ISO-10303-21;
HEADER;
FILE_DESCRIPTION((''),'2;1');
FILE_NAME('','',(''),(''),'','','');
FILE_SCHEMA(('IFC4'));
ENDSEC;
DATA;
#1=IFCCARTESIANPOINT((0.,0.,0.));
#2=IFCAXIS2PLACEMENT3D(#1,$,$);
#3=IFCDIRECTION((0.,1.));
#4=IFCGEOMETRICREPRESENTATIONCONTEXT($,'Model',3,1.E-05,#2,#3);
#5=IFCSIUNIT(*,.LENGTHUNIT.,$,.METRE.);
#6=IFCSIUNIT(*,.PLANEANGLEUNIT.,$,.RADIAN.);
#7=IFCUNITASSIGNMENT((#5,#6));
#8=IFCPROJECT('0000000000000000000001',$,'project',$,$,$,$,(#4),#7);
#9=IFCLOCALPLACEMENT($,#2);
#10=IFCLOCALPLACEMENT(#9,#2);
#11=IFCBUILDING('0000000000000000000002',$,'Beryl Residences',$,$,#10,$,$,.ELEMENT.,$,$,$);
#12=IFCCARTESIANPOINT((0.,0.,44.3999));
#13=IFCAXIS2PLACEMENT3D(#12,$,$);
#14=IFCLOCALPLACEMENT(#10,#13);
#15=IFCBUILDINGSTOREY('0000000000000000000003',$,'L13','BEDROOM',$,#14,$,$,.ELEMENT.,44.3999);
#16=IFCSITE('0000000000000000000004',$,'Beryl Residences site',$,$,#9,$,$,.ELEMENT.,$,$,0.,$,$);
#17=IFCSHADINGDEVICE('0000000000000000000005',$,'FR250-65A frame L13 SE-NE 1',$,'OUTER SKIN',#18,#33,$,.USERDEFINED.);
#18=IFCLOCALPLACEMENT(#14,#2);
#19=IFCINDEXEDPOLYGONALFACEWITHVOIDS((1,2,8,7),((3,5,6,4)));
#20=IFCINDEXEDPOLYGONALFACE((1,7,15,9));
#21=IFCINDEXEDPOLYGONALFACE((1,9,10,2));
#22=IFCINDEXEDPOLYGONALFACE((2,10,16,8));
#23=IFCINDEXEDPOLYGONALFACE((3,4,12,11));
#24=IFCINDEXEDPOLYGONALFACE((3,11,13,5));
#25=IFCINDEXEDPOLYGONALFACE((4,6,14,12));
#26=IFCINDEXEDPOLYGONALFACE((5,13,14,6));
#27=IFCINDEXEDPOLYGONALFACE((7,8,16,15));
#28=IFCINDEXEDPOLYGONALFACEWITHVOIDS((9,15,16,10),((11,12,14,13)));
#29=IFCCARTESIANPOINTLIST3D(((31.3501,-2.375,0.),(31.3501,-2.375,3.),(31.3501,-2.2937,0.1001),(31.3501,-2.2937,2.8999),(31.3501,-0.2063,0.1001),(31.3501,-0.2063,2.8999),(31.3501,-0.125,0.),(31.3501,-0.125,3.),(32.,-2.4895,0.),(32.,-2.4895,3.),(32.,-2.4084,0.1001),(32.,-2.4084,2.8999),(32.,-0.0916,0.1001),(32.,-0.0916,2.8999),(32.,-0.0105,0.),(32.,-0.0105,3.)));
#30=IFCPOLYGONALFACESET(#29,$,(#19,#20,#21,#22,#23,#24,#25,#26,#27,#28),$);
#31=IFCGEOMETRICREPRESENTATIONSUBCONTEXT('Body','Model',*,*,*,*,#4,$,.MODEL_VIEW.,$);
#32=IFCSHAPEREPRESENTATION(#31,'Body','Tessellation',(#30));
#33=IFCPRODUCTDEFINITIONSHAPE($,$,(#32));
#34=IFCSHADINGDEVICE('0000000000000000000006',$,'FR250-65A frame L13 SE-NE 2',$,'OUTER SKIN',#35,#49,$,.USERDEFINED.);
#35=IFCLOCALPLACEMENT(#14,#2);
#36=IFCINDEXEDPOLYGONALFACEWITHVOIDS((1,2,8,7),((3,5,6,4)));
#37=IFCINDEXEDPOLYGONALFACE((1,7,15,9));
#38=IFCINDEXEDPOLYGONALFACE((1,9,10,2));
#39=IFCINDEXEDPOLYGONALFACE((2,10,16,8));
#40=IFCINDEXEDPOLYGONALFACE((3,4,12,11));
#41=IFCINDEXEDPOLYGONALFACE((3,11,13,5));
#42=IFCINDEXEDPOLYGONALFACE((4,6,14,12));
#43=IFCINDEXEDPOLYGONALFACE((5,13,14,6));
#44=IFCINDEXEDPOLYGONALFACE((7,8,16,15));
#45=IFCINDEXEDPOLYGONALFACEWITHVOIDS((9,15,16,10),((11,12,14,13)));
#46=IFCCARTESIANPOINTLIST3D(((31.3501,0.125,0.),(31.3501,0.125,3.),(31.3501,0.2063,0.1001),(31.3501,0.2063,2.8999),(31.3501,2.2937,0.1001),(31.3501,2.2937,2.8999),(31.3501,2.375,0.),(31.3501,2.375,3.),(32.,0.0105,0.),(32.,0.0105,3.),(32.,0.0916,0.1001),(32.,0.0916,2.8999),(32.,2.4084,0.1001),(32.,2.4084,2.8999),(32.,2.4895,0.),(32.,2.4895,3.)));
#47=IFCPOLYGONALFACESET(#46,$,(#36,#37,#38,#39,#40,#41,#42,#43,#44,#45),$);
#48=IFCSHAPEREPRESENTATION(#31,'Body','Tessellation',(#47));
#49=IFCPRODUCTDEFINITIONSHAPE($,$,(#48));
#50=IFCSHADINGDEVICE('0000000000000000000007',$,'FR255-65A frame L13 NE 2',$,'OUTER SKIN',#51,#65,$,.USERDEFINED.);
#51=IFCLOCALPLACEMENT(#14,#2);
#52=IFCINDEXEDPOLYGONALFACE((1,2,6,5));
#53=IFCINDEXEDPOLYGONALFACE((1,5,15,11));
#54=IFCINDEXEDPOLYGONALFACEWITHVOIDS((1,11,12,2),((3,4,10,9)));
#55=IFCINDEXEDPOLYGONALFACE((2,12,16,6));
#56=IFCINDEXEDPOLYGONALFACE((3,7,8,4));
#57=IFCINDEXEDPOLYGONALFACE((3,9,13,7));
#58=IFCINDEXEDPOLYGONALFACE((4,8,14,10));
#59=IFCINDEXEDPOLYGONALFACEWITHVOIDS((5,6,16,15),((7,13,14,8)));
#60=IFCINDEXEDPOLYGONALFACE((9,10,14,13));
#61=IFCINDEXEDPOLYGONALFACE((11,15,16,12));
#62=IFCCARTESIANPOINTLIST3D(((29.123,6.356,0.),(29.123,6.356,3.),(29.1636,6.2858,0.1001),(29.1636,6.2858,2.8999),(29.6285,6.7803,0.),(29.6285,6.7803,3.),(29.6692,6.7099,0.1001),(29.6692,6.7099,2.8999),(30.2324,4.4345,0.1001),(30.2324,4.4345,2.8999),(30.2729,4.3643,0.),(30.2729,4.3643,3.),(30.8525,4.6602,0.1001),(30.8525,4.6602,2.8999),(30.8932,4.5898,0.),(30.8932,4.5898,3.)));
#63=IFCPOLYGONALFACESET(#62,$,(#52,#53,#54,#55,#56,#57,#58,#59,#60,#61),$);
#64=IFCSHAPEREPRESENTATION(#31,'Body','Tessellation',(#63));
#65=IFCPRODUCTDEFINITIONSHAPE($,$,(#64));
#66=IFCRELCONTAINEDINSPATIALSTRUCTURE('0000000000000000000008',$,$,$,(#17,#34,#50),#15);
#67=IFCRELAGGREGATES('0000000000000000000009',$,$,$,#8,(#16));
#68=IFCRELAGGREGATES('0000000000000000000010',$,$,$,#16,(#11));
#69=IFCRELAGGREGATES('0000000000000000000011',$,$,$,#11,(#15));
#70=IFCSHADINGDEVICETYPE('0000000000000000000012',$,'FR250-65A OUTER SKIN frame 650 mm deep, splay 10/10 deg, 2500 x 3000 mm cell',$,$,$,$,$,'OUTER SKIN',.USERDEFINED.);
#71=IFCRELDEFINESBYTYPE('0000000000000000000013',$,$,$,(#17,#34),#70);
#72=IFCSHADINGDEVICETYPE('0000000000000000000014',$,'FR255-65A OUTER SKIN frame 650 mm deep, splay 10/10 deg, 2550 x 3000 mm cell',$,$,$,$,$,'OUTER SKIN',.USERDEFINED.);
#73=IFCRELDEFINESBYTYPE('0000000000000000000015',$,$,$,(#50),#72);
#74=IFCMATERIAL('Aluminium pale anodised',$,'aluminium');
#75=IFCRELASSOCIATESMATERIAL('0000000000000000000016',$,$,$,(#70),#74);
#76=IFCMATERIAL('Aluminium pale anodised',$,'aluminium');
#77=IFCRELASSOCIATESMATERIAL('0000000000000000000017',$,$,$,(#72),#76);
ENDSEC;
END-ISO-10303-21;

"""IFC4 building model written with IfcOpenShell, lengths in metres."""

from ifc_helpers import new_model, entity, si_unit, direction, frame, origin, place, context, subcontext, project, spatial, source, transform, mapped, material, type_object, type_shapes, element, save


model = new_model("IFC4")

# Units and contexts
model_context = context("Model", 3, precision=1e-05, world=origin(), true_north=direction((0.0, 1.0)))
body_context = subcontext(model_context, "Body", "Model", "MODEL_VIEW")
ifc_project = project(units=[si_unit("LENGTHUNIT", "METRE"), si_unit("PLANEANGLEUNIT", "RADIAN")], contexts=[model_context])

# Site, building, storey
site_placement = place(None, origin())
site = spatial("IfcSite", under=ifc_project, at=site_placement, Name="Beryl Residences site", CompositionType="ELEMENT", RefElevation=0.0)
building_placement = place(site_placement, origin())
building = spatial("IfcBuilding", under=site, at=building_placement, Name="Beryl Residences", CompositionType="ELEMENT")
storey_placement = place(building_placement, frame((0.0, 0.0, 44.3999)))
storey = spatial("IfcBuildingStorey", under=building, at=storey_placement, Name="L13", Description="BEDROOM", CompositionType="ELEMENT", Elevation=44.3999)

# Shading devices
ifc_material_1 = material(Name="Aluminium pale anodised", Category="aluminium")
shading_device_type_1 = type_object("IfcShadingDeviceType", Name="FR250-65A OUTER SKIN frame 650 mm deep, splay 10/10 deg, 2500 x 3000 mm cell", ElementType="OUTER SKIN", PredefinedType="USERDEFINED", material=ifc_material_1)
cartesian_point_1 = entity("IfcCartesianPoint", [-1.125, 0.0])
cartesian_point_2 = entity("IfcCartesianPoint", [-1.0437, 0.1001])
cartesian_point_3 = entity("IfcCartesianPoint", [-1.2395, 0.0])
cartesian_point_4 = entity("IfcCartesianPoint", [-1.1584, 0.1001])
shared_shape_1 = source(origin(), body_context, "Body", "SweptSolid", [
    entity("IfcExtrudedAreaSolidTapered", entity("IfcArbitraryProfileDefWithVoids", "AREA", None, entity("IfcPolyline", [cartesian_point_1, entity("IfcCartesianPoint", [1.125, 0.0]), entity("IfcCartesianPoint", [1.125, 3.0]), entity("IfcCartesianPoint", [-1.125, 3.0]), cartesian_point_1]), [entity("IfcPolyline", [cartesian_point_2, entity("IfcCartesianPoint", [1.0437, 0.1001]), entity("IfcCartesianPoint", [1.0437, 2.8999]), entity("IfcCartesianPoint", [-1.0437, 2.8999]), cartesian_point_2])]), entity("IfcAxis2Placement3D", entity("IfcCartesianPoint", [0.0, 0.0, 0.0]), entity("IfcDirection", [0.0, 1.0, 0.0]), entity("IfcDirection", [-1.0, 0.0, 0.0])), entity("IfcDirection", [0.0, 0.0, 1.0]), 0.6499, entity("IfcArbitraryProfileDefWithVoids", "AREA", None, entity("IfcPolyline", [cartesian_point_3, entity("IfcCartesianPoint", [1.2395, 0.0]), entity("IfcCartesianPoint", [1.2395, 3.0]), entity("IfcCartesianPoint", [-1.2395, 3.0]), cartesian_point_3]), [entity("IfcPolyline", [cartesian_point_4, entity("IfcCartesianPoint", [1.1584, 0.1001]), entity("IfcCartesianPoint", [1.1584, 2.8999]), entity("IfcCartesianPoint", [-1.1584, 2.8999]), cartesian_point_4])])),
])
type_shapes(shading_device_type_1, [shared_shape_1])
for number, where, z_axis, x_axis, name in (
    (1, (31.3501, -1.25, 0.0), (0.0, 0.0, 1.0), (0.0, -1.0, 0.0), "FR250-65A frame L13 SE-NE 1"),
    (2, (31.3501, 1.25, 0.0), (0.0, 0.0, 1.0), (0.0, -1.0, 0.0), "FR250-65A frame L13 SE-NE 2"),
):
    element("IfcShadingDevice", number, at=place(storey_placement, frame(where, z_axis=z_axis, x_axis=x_axis)), inside=storey, type_object=shading_device_type_1, Name=name, ObjectType="OUTER SKIN", PredefinedType="USERDEFINED", context=body_context, shape_type="MappedRepresentation", body=[
        mapped(shared_shape_1, transform((0.0, 0.0, 0.0))),
    ])
ifc_material_2 = material(Name="Aluminium pale anodised", Category="aluminium")
shading_device_type_2 = type_object("IfcShadingDeviceType", Name="FR255-65A OUTER SKIN frame 650 mm deep, splay 10/10 deg, 2550 x 3000 mm cell", ElementType="OUTER SKIN", PredefinedType="USERDEFINED", material=ifc_material_2)
cartesian_point_5 = entity("IfcCartesianPoint", [-1.1499, 0.0])
cartesian_point_6 = entity("IfcCartesianPoint", [-1.0688, 0.1001])
cartesian_point_7 = entity("IfcCartesianPoint", [-1.2646, 0.0])
cartesian_point_8 = entity("IfcCartesianPoint", [-1.1833, 0.1001])
shared_shape_2 = source(origin(), body_context, "Body", "SweptSolid", [
    entity("IfcExtrudedAreaSolidTapered", entity("IfcArbitraryProfileDefWithVoids", "AREA", None, entity("IfcPolyline", [cartesian_point_5, entity("IfcCartesianPoint", [1.1499, 0.0]), entity("IfcCartesianPoint", [1.1499, 3.0]), entity("IfcCartesianPoint", [-1.1499, 3.0]), cartesian_point_5]), [entity("IfcPolyline", [cartesian_point_6, entity("IfcCartesianPoint", [1.0688, 0.1001]), entity("IfcCartesianPoint", [1.0688, 2.8999]), entity("IfcCartesianPoint", [-1.0688, 2.8999]), cartesian_point_6])]), entity("IfcAxis2Placement3D", entity("IfcCartesianPoint", [0.0, 0.0, 0.0]), entity("IfcDirection", [0.0, 1.0, 0.0]), entity("IfcDirection", [-1.0, 0.0, 0.0])), entity("IfcDirection", [0.0, 0.0, 1.0]), 0.6499, entity("IfcArbitraryProfileDefWithVoids", "AREA", None, entity("IfcPolyline", [cartesian_point_7, entity("IfcCartesianPoint", [1.2646, 0.0]), entity("IfcCartesianPoint", [1.2646, 3.0]), entity("IfcCartesianPoint", [-1.2646, 3.0]), cartesian_point_7]), [entity("IfcPolyline", [cartesian_point_8, entity("IfcCartesianPoint", [1.1833, 0.1001]), entity("IfcCartesianPoint", [1.1833, 2.8999]), entity("IfcCartesianPoint", [-1.1833, 2.8999]), cartesian_point_8])])),
])
type_shapes(shading_device_type_2, [shared_shape_2])
shading_device_placement = place(storey_placement, frame((29.698, 5.3601, 0.0), z_axis=(0.0, 0.0, 1.0), x_axis=(0.5, -0.866025, 0.0)))
element("IfcShadingDevice", 3, at=shading_device_placement, inside=storey, type_object=shading_device_type_2, Name="FR255-65A frame L13 NE 2", ObjectType="OUTER SKIN", PredefinedType="USERDEFINED", context=body_context, shape_type="MappedRepresentation", body=[
    mapped(shared_shape_2, transform((0.0, 0.0, 0.0))),
])

save(model, "model.ifc")
